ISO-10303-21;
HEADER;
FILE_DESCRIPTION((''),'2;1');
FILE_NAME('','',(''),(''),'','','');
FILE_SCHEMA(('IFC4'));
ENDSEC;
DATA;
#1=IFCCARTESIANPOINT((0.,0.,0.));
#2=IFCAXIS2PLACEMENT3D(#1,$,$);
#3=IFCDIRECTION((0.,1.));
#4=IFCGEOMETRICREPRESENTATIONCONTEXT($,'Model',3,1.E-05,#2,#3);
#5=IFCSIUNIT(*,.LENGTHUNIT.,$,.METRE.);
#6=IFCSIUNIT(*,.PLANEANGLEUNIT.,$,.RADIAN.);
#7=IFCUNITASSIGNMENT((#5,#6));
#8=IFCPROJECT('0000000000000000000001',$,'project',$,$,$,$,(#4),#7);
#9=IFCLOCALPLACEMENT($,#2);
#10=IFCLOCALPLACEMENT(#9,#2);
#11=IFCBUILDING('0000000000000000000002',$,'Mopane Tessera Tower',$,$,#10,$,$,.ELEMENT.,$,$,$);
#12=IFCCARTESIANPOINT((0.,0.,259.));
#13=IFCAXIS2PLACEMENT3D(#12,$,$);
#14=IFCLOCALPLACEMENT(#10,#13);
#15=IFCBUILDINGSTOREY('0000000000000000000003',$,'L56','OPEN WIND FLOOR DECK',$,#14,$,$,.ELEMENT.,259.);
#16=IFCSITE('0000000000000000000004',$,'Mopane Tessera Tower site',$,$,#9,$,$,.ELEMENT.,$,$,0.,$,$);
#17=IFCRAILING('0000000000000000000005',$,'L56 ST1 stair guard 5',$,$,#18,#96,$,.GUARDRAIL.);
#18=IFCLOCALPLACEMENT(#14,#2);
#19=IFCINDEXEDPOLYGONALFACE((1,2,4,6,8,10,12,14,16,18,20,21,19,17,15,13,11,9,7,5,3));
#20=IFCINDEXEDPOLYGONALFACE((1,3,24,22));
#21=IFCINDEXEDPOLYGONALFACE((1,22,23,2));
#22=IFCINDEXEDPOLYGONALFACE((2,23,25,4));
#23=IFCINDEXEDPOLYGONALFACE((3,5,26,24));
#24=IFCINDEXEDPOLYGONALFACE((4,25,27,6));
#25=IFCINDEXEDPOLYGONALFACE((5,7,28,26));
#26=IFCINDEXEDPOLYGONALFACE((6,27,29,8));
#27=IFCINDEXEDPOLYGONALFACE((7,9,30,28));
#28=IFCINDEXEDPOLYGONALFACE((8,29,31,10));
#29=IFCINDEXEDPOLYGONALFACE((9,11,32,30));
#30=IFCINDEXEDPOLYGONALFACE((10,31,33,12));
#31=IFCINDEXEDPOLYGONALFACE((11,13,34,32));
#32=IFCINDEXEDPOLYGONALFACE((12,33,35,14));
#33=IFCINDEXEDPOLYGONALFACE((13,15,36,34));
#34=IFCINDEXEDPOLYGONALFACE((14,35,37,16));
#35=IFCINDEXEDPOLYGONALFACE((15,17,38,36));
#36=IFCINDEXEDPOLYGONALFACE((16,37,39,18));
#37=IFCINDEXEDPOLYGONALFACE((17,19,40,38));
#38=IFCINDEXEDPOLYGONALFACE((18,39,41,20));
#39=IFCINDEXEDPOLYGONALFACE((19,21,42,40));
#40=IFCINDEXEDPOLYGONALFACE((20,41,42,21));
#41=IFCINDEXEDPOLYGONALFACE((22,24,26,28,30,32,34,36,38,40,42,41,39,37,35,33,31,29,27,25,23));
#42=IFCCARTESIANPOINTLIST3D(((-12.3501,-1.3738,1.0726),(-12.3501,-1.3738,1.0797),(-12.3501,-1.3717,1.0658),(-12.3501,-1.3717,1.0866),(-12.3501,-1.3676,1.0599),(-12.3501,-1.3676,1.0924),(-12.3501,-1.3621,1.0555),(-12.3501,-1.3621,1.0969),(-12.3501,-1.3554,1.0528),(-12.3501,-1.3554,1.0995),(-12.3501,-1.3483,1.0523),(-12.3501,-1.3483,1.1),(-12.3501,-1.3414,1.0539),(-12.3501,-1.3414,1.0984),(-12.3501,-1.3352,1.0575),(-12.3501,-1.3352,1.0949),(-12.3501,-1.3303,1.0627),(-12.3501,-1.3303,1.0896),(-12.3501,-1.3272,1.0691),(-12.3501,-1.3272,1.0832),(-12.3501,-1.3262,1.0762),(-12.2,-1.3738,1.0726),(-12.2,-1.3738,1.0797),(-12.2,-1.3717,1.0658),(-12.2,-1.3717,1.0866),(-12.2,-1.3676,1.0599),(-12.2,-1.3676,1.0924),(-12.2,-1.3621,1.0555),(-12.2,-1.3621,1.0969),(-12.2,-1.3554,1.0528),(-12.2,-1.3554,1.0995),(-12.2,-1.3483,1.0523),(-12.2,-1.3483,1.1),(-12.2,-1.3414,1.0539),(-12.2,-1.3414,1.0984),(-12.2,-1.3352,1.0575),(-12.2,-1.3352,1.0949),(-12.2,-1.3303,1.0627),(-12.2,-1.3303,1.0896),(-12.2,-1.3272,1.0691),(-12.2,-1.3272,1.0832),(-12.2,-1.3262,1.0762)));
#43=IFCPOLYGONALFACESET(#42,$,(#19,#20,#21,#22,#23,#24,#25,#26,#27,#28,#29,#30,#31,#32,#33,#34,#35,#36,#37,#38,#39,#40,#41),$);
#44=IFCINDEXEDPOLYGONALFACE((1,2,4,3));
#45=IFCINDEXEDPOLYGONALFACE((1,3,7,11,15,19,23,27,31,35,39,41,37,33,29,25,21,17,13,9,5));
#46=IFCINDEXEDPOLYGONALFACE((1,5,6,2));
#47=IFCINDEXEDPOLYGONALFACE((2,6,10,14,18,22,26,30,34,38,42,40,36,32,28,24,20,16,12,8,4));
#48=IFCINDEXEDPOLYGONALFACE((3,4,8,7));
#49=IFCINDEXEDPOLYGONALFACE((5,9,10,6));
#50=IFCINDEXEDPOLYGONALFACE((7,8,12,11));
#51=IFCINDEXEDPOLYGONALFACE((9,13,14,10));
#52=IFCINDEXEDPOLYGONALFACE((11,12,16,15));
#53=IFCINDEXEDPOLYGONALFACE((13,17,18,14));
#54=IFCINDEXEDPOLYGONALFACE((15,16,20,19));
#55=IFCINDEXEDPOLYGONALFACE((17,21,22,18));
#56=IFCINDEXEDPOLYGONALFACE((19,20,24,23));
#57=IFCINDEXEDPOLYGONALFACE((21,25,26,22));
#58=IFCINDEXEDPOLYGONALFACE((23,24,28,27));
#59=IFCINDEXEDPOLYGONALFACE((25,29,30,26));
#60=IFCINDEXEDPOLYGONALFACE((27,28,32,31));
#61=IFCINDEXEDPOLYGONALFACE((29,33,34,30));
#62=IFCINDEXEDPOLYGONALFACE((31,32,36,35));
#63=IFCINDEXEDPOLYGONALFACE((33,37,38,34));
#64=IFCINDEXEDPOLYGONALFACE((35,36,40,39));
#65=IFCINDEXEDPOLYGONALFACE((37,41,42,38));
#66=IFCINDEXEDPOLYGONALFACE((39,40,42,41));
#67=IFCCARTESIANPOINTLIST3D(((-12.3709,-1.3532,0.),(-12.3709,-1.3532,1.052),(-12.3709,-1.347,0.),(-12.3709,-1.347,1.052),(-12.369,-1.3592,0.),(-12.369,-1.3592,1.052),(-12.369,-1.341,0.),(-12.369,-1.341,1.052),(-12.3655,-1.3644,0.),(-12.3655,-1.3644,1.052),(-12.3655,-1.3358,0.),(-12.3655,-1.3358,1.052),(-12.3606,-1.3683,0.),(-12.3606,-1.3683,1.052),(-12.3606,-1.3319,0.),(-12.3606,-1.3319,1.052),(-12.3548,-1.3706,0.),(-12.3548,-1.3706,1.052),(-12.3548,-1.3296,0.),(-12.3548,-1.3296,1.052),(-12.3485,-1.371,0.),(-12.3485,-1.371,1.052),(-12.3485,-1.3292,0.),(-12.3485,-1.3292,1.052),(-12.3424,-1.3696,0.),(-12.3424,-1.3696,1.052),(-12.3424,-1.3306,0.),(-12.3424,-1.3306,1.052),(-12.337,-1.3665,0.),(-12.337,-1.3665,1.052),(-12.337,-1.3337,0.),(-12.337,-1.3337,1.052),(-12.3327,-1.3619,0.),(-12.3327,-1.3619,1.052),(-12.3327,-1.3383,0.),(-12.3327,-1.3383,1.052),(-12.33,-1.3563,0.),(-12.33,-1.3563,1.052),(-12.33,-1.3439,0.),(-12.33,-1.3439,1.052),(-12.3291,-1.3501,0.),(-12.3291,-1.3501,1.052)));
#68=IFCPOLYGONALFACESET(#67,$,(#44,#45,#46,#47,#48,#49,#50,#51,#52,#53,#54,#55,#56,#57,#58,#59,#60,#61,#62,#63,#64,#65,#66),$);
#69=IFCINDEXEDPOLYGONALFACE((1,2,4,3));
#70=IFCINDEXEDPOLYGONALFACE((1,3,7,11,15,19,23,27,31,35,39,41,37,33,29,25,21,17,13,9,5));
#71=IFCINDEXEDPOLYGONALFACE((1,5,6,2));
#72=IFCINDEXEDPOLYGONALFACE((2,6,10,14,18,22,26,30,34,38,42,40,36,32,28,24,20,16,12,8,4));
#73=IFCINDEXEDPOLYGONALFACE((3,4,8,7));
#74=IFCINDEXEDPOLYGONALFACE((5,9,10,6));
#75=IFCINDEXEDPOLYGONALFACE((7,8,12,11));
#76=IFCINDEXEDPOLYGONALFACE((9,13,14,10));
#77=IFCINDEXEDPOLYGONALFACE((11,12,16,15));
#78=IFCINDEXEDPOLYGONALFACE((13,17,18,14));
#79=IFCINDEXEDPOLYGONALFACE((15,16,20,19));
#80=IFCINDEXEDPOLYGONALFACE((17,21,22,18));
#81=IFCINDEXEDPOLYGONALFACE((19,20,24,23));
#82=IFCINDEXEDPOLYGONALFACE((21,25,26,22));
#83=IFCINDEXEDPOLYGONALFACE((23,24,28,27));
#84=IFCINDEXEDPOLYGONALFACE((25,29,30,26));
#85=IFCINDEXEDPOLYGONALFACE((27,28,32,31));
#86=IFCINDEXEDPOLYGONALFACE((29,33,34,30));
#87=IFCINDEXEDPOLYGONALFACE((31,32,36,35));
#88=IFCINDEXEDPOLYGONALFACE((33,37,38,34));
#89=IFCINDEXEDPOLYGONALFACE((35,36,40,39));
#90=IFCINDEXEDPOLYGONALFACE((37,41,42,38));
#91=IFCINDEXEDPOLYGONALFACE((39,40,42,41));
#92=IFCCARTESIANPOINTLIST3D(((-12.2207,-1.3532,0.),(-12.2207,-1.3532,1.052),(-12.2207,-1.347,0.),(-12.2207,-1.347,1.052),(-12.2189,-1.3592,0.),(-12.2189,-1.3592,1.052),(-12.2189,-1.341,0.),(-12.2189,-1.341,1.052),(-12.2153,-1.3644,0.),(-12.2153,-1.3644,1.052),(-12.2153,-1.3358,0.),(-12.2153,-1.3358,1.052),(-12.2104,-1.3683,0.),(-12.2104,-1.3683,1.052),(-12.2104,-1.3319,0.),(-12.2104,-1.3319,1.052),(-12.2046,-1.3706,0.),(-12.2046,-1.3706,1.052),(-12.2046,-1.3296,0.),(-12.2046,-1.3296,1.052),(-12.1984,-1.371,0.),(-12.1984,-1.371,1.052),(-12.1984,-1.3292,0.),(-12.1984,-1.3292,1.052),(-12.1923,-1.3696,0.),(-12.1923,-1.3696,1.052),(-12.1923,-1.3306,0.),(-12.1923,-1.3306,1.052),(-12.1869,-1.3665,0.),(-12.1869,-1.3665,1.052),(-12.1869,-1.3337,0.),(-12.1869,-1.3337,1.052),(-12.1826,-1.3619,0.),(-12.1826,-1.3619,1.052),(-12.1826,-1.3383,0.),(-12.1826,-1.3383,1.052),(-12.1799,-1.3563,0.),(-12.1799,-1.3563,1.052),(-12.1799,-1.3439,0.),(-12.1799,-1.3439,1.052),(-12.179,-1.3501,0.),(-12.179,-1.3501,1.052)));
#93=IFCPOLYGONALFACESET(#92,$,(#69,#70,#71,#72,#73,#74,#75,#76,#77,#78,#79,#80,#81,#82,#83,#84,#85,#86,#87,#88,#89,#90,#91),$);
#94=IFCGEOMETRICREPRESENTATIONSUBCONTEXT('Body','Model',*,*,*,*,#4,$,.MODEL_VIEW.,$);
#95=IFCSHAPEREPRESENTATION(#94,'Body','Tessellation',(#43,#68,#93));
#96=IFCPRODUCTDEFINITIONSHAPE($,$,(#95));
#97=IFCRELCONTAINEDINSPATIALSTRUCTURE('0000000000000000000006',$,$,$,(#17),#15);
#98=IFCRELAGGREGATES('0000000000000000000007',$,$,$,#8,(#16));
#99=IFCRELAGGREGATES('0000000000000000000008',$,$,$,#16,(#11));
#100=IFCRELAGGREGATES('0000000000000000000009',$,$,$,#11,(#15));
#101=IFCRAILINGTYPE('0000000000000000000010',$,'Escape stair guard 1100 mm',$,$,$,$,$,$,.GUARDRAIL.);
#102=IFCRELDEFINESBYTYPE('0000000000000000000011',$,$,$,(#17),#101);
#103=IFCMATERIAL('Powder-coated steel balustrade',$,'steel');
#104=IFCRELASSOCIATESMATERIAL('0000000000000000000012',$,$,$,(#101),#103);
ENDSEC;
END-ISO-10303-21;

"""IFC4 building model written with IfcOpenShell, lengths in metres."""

from ifc_helpers import new_model, si_unit, direction, frame, origin, origin_2d, place, context, subcontext, project, spatial, circle, extrude, material, type_object, element, save


model = new_model("IFC4")

# Units and contexts
model_context = context("Model", 3, precision=1e-05, world=origin(), true_north=direction((0.0, 1.0)))
body_context = subcontext(model_context, "Body", "Model", "MODEL_VIEW")
ifc_project = project(units=[si_unit("LENGTHUNIT", "METRE"), si_unit("PLANEANGLEUNIT", "RADIAN")], contexts=[model_context])

# Site, building, storey
site_placement = place(None, origin())
site = spatial("IfcSite", under=ifc_project, at=site_placement, Name="Mopane Tessera Tower site", CompositionType="ELEMENT", RefElevation=0.0)
building_placement = place(site_placement, origin())
building = spatial("IfcBuilding", under=site, at=building_placement, Name="Mopane Tessera Tower", CompositionType="ELEMENT")
storey_placement = place(building_placement, frame((0.0, 0.0, 259.0)))
storey = spatial("IfcBuildingStorey", under=building, at=storey_placement, Name="L56", Description="OPEN WIND FLOOR DECK", CompositionType="ELEMENT", Elevation=259.0)

# Railing
ifc_material_1 = material(Name="Powder-coated steel balustrade", Category="steel")
railing_type_1 = type_object("IfcRailingType", Name="Escape stair guard 1100 mm", PredefinedType="GUARDRAIL", material=ifc_material_1)
railing_1_placement = place(storey_placement, frame((-12.3501, -1.3501, 0.0)))
element("IfcRailing", 1, at=railing_1_placement, inside=storey, type_object=railing_type_1, Name="L56 ST1 stair guard 5", PredefinedType="GUARDRAIL", context=body_context, shape_type="SweptSolid", body=[
    extrude(circle(Radius=0.0239, at=origin_2d()), frame((0.0, 0.0, 1.0762), z_axis=(1.0, 0.0, 0.0), x_axis=(0.0, 1.0, 0.0)), (0.0, 0.0, 1.0), 0.1501),
    extrude(circle(Radius=0.021, at=origin_2d()), origin(), (0.0, 0.0, 1.0), 1.052),
    extrude(circle(Radius=0.021, at=origin_2d()), frame((0.1501, 0.0, 0.0)), (0.0, 0.0, 1.0), 1.052),
])

save(model, "model.ifc")
